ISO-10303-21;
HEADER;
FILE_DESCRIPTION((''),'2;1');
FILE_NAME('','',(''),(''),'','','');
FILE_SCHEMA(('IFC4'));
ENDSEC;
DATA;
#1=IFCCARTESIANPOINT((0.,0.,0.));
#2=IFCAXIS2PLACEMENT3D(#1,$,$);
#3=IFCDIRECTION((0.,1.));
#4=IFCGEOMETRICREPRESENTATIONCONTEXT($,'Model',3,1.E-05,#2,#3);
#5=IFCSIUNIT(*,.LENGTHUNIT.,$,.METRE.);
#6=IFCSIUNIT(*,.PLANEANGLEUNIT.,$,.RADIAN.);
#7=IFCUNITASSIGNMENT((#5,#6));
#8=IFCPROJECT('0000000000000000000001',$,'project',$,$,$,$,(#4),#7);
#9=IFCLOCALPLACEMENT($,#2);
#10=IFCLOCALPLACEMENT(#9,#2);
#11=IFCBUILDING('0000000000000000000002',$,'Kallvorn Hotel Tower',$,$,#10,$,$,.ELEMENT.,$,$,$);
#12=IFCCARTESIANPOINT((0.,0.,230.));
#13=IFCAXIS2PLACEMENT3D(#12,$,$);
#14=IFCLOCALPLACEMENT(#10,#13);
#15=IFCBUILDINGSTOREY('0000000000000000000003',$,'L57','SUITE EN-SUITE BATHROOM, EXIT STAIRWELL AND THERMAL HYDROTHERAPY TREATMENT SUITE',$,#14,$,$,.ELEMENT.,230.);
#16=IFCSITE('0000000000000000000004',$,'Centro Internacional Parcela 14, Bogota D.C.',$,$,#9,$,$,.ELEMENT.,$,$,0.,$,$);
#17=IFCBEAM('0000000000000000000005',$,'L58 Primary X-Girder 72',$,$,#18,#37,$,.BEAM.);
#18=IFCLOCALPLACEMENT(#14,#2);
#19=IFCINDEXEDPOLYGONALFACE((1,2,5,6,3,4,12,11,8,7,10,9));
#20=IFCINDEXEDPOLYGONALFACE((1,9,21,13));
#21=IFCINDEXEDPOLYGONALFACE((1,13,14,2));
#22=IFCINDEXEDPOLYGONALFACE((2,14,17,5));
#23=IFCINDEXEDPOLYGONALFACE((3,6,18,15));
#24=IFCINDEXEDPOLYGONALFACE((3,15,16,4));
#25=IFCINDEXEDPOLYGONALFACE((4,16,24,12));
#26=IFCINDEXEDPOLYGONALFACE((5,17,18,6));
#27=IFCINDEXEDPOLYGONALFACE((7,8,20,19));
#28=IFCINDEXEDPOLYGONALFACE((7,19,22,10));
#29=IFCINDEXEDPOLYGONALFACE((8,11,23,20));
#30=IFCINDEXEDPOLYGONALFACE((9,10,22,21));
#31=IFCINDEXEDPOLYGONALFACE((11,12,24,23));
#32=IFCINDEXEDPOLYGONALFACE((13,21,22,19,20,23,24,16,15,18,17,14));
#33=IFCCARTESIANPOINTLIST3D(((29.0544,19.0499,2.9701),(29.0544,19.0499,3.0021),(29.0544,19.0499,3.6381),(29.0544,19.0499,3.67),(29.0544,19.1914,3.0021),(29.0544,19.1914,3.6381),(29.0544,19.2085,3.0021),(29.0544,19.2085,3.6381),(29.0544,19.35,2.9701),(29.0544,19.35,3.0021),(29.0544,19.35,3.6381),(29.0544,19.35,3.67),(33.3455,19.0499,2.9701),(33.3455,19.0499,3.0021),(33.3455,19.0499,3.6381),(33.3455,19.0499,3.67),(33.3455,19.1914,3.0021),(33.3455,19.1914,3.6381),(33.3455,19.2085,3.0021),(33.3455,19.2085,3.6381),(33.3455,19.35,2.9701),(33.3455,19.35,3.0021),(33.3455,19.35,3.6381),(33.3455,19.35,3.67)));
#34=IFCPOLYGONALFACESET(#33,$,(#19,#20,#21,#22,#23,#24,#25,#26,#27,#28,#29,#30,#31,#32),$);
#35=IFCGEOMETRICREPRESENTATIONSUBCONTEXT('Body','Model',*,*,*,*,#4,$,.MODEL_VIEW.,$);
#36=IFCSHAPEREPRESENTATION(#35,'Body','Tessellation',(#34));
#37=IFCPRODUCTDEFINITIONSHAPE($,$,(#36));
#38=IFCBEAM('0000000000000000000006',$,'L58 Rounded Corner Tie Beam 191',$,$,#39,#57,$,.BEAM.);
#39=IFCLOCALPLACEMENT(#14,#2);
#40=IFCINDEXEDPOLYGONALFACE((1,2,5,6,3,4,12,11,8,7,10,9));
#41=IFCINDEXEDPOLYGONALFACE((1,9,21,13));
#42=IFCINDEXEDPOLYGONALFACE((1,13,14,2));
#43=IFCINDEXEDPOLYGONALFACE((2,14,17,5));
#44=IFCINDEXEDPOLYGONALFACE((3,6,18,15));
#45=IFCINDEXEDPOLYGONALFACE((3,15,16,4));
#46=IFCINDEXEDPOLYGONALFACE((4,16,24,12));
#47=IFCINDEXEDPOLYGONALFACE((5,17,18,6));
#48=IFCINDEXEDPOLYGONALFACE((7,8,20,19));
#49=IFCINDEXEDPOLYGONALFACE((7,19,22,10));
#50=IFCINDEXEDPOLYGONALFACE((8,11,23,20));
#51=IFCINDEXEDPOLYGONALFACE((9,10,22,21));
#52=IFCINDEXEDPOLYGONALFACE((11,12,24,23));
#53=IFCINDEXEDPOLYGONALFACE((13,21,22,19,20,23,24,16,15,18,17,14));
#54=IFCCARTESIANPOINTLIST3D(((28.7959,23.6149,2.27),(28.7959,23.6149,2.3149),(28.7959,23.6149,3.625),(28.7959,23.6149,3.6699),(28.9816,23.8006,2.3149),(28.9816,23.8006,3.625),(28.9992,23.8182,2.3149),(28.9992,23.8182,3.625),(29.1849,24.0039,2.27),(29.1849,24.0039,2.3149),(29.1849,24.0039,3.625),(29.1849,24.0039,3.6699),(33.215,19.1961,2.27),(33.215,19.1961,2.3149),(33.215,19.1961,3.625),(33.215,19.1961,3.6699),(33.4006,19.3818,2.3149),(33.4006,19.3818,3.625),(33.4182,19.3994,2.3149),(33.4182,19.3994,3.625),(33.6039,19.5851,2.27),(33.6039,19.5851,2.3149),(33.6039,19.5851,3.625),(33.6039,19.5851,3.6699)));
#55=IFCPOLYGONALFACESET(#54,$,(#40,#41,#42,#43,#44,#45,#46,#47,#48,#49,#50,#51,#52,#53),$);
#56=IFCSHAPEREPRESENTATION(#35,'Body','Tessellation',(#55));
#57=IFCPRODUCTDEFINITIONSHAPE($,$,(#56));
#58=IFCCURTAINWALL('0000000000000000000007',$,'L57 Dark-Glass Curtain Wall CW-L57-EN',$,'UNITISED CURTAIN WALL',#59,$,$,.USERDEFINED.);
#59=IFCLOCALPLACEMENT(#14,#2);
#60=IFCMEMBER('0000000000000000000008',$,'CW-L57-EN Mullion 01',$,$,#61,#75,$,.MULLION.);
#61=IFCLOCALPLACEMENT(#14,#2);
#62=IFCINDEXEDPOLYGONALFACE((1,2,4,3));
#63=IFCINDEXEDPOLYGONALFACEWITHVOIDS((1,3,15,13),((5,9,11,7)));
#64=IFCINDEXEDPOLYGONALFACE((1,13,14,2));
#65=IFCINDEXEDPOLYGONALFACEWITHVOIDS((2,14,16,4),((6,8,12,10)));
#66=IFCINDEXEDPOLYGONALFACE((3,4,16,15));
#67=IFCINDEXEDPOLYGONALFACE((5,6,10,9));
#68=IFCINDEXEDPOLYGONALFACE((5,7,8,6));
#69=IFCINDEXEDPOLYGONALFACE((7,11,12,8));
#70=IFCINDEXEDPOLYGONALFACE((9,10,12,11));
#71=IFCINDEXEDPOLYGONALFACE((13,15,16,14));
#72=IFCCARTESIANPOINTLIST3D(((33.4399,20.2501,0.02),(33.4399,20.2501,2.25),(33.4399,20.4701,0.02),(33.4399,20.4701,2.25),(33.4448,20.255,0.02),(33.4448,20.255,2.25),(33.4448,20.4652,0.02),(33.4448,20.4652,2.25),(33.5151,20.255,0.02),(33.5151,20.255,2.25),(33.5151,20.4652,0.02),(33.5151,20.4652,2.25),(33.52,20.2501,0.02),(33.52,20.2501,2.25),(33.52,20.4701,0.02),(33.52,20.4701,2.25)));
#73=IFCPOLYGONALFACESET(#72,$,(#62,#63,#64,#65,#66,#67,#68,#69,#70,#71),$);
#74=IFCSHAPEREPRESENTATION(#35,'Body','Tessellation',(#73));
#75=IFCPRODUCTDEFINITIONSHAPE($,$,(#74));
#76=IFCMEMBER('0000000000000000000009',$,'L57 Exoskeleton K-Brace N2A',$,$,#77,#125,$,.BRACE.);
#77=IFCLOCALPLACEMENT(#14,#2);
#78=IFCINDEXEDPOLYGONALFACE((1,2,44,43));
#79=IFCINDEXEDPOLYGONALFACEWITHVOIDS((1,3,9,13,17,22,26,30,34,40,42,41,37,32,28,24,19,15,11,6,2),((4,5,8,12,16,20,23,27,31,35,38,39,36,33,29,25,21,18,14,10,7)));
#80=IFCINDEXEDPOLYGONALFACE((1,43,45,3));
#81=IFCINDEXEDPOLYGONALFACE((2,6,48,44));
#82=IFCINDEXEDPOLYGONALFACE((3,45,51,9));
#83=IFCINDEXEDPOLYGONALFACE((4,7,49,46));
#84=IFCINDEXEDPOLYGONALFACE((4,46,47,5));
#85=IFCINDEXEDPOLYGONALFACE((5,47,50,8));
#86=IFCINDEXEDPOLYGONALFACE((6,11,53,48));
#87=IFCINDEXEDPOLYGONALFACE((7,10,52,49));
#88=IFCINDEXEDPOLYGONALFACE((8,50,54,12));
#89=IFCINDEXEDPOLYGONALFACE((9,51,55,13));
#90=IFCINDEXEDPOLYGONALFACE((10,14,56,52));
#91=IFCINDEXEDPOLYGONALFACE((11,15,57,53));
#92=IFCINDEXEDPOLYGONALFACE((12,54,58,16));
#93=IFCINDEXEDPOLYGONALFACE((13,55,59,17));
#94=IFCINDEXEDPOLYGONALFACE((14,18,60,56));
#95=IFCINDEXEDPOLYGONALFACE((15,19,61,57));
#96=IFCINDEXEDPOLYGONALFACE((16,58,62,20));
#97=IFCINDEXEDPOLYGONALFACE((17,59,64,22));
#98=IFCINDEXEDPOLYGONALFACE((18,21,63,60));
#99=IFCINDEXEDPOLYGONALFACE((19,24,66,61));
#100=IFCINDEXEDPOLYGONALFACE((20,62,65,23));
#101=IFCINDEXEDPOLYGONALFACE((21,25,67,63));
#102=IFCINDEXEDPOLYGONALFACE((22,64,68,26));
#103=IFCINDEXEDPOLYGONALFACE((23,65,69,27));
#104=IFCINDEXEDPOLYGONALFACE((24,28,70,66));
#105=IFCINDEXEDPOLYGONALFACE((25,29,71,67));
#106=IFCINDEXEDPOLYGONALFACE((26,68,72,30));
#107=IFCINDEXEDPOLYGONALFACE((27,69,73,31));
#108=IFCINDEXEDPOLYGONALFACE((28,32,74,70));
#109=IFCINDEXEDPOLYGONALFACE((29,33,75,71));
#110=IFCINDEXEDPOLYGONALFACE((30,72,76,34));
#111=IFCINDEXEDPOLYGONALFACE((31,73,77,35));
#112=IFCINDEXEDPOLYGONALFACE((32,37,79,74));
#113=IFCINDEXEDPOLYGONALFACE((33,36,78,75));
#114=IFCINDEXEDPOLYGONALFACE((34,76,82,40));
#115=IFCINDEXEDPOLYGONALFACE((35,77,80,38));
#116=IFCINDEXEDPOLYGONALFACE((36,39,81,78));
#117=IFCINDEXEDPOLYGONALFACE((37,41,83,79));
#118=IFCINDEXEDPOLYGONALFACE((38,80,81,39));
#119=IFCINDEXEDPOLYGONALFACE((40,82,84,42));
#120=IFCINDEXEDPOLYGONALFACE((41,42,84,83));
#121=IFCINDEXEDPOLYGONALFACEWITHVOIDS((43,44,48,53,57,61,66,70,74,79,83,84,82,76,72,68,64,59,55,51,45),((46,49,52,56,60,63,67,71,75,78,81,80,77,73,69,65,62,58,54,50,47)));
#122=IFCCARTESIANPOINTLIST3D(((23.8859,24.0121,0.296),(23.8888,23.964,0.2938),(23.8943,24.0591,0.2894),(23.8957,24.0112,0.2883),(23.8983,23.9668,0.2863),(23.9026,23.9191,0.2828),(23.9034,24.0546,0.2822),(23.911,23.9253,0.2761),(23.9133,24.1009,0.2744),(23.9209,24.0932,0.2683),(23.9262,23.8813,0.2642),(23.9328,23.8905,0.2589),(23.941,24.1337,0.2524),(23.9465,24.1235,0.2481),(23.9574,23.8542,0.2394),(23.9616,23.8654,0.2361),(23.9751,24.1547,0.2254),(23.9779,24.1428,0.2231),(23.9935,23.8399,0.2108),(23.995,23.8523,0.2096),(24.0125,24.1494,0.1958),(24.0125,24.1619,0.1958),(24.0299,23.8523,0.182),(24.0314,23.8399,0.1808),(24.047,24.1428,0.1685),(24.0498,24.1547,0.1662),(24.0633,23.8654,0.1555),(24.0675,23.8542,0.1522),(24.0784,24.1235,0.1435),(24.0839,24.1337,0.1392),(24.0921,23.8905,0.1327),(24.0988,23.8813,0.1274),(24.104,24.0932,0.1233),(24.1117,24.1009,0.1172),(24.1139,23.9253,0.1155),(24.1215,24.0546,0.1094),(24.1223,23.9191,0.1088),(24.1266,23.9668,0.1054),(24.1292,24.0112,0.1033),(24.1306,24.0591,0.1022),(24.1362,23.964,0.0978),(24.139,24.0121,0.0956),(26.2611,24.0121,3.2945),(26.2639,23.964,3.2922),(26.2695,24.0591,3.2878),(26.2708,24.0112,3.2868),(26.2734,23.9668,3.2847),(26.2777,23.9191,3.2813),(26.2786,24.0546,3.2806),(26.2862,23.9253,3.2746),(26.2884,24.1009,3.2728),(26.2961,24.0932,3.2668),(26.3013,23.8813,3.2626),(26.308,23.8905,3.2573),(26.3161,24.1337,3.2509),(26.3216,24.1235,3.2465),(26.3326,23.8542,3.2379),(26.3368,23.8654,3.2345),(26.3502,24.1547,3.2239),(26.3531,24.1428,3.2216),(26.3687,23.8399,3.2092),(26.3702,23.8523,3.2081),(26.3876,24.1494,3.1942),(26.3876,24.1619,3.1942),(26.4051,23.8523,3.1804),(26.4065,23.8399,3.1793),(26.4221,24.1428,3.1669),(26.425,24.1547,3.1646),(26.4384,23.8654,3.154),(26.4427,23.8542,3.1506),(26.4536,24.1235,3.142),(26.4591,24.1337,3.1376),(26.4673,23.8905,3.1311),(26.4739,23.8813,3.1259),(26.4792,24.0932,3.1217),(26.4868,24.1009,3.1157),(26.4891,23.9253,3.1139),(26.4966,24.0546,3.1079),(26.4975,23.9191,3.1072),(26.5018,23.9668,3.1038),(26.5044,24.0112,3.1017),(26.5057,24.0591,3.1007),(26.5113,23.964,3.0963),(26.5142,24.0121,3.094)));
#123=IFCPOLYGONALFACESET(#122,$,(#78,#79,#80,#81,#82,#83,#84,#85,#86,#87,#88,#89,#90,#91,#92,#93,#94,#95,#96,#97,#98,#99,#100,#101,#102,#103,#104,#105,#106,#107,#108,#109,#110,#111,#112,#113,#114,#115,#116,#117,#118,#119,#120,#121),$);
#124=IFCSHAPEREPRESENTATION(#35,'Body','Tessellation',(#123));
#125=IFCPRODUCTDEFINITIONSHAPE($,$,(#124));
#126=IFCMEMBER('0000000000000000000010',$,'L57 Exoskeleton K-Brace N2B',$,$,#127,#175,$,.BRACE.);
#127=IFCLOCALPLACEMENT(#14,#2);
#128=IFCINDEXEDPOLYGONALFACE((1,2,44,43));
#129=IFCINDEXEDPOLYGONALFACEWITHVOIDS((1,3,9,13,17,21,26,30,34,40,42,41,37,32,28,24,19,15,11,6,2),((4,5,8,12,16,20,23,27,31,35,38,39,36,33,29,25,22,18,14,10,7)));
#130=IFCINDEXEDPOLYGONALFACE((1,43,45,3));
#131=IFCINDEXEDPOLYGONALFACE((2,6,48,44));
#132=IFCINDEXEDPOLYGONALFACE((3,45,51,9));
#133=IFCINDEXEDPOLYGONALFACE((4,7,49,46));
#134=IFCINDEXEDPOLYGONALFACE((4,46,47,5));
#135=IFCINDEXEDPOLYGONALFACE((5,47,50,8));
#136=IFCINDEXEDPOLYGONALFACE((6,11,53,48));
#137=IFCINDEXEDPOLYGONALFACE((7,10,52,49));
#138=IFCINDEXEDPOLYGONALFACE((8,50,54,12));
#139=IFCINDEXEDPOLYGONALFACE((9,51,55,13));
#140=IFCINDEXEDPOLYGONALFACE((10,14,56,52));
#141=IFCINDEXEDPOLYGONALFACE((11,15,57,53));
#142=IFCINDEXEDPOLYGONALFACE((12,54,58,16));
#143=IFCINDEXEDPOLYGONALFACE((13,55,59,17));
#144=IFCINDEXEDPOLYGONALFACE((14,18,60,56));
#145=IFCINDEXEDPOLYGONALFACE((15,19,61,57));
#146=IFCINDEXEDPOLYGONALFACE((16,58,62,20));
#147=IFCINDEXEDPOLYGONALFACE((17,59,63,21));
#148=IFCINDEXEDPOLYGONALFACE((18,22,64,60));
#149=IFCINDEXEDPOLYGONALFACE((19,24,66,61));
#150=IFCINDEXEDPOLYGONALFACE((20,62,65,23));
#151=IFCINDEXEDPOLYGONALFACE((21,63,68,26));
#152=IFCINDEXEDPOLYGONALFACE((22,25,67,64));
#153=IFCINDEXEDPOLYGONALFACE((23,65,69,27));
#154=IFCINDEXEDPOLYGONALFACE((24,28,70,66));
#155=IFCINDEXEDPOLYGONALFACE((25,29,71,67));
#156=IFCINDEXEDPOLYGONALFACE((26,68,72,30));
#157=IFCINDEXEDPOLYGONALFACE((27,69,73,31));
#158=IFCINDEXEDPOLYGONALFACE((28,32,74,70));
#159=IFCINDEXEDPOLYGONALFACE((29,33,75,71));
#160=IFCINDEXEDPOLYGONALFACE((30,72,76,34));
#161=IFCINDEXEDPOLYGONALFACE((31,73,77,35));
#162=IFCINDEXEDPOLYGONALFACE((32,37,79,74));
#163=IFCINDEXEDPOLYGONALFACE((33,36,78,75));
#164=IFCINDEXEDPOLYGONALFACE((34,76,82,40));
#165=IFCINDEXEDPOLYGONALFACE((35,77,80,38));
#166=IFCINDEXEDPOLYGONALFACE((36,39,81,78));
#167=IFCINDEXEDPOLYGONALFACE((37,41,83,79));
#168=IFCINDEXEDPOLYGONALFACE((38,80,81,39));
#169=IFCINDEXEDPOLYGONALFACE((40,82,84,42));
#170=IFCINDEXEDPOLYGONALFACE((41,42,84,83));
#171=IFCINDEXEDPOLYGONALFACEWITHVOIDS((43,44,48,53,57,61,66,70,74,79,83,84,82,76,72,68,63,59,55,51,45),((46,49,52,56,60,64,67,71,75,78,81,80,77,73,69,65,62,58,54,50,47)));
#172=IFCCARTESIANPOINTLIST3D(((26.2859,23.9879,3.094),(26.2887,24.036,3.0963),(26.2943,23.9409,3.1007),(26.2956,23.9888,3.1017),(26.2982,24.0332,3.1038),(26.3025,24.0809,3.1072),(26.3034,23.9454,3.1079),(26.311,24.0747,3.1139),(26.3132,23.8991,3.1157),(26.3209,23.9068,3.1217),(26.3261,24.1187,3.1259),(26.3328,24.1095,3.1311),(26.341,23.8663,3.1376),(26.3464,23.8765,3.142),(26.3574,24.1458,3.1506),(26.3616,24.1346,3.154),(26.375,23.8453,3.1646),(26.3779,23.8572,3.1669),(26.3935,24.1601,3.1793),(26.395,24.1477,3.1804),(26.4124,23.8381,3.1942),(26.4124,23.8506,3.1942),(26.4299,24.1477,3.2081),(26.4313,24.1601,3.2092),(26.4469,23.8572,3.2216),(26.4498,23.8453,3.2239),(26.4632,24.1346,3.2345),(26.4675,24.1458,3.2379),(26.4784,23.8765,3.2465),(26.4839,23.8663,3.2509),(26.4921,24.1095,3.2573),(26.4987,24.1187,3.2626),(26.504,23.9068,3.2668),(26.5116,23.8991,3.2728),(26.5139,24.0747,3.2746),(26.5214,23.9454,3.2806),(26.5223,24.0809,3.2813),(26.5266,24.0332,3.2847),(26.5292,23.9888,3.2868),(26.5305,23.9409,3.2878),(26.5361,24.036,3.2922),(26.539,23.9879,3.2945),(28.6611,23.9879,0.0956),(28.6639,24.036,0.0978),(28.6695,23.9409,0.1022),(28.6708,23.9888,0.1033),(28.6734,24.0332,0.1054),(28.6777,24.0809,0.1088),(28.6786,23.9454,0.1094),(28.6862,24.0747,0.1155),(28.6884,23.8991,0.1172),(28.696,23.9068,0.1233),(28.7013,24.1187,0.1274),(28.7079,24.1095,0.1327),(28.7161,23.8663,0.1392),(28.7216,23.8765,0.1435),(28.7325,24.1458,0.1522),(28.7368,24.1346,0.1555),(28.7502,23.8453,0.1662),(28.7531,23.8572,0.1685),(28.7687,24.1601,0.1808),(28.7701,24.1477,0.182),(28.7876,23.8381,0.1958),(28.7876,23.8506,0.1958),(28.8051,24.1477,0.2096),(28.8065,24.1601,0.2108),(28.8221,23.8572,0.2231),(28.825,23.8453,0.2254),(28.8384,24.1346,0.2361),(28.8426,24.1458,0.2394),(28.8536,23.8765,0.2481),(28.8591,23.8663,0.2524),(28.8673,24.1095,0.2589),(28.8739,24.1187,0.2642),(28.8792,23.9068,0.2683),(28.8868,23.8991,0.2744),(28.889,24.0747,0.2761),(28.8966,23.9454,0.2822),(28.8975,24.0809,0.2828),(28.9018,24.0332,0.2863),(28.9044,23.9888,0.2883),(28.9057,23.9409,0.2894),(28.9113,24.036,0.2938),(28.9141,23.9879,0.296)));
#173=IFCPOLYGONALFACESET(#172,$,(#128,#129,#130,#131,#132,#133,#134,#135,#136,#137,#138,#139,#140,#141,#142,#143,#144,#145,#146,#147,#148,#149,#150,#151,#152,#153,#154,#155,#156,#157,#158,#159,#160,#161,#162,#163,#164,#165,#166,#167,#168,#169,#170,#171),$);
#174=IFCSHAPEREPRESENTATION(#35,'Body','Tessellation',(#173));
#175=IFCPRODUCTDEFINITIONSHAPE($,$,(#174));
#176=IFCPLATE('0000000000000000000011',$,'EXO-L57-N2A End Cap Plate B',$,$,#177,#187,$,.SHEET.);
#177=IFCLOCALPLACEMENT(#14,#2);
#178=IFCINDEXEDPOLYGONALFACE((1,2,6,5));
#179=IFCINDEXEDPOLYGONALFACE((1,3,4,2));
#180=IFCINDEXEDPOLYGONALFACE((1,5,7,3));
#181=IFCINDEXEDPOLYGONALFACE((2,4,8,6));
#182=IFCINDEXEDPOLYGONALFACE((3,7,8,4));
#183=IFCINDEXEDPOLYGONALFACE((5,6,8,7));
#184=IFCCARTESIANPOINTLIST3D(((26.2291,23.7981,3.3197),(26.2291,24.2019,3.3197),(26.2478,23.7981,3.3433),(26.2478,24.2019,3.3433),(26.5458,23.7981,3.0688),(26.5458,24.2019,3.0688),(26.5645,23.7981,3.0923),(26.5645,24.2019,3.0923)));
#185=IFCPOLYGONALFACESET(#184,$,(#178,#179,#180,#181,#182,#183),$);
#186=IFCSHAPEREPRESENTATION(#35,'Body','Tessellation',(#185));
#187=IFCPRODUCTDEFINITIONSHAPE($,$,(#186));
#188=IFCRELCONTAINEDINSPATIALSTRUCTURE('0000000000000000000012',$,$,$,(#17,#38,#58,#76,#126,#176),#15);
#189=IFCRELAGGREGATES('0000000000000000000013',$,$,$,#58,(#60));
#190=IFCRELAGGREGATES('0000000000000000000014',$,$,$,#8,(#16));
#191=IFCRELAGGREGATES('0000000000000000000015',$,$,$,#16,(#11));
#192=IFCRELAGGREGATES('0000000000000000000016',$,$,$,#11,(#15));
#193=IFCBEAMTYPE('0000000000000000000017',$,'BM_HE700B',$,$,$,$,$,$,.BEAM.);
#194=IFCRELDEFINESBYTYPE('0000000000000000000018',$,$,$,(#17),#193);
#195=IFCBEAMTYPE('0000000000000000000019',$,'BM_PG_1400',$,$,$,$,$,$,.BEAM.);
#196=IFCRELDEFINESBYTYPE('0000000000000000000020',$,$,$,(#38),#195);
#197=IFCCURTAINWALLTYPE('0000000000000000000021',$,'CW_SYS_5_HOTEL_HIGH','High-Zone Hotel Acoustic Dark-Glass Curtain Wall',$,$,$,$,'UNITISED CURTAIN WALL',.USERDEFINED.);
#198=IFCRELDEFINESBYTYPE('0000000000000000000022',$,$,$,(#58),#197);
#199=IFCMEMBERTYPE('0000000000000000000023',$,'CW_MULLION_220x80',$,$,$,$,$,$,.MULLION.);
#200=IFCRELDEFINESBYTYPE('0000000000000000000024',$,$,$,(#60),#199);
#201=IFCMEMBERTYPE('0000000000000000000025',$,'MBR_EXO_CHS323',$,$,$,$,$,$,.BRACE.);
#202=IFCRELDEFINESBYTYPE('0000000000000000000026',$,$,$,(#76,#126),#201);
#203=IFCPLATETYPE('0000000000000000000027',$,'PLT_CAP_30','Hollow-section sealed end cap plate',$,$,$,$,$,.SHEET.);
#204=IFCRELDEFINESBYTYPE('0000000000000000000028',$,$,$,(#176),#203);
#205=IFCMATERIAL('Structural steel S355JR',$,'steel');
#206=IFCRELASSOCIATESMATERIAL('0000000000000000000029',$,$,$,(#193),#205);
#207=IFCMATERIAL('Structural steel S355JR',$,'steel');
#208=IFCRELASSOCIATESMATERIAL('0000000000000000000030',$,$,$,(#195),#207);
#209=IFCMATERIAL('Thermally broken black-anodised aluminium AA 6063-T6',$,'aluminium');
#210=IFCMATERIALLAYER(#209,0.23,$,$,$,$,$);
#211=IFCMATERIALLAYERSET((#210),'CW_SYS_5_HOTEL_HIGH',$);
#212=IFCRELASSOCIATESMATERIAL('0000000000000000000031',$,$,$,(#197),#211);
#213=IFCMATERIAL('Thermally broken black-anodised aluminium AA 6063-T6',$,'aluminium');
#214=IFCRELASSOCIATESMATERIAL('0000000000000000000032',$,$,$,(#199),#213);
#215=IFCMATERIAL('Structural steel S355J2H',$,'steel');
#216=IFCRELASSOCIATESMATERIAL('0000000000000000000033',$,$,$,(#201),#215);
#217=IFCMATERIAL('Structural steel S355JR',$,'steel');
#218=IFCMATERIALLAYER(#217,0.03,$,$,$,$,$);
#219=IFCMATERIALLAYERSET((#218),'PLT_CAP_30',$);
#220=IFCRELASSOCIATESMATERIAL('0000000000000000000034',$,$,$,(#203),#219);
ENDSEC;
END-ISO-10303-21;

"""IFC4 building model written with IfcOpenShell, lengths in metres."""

from ifc_helpers import new_model, si_unit, direction, frame, origin, origin_2d, place, context, subcontext, project, spatial, polyline, hollow_rectangle, hollow_circle, i_section, outline, extrude, material, layer, layer_set, material_profile, profile_set, type_object, element, aggregate, save


model = new_model("IFC4")

# Units and contexts
model_context = context("Model", 3, precision=1e-05, world=origin(), true_north=direction((0.0, 1.0)))
body_context = subcontext(model_context, "Body", "Model", "MODEL_VIEW")
ifc_project = project(units=[si_unit("LENGTHUNIT", "METRE"), si_unit("PLANEANGLEUNIT", "RADIAN")], contexts=[model_context])

# Site, building, storey
site_placement = place(None, origin())
site = spatial("IfcSite", under=ifc_project, at=site_placement, Name="Centro Internacional Parcela 14, Bogota D.C.", CompositionType="ELEMENT", RefElevation=0.0)
building_placement = place(site_placement, origin())
building = spatial("IfcBuilding", under=site, at=building_placement, Name="Kallvorn Hotel Tower", CompositionType="ELEMENT")
storey_placement = place(building_placement, frame((0.0, 0.0, 230.0)))
storey = spatial("IfcBuildingStorey", under=building, at=storey_placement, Name="L57", Description="SUITE EN-SUITE BATHROOM, EXIT STAIRWELL AND THERMAL HYDROTHERAPY TREATMENT SUITE", CompositionType="ELEMENT", Elevation=230.0)

# Beams
ifc_material_1 = material(Name="Structural steel S355JR", Category="steel")
ifc_material_profile_1 = material_profile(ifc_material_1, i_section(OverallWidth=0.3, OverallDepth=0.7, WebThickness=0.0171, FlangeThickness=0.032, at=origin_2d()), Name="HE 700 B")
ifc_profile_set_1 = profile_set([ifc_material_profile_1], Name="Structural steel S355JR")
beam_type_1 = type_object("IfcBeamType", Name="BM_HE700B", PredefinedType="BEAM", material=ifc_profile_set_1)
for number, where, z_axis, x_axis, name in (
    (1, (29.0544, 19.2, 3.3201), (1.0, 0.0, 0.0), (0.0, 1.0, 0.0), "L58 Primary X-Girder 72"),
):
    element("IfcBeam", number, at=place(storey_placement, frame(where, z_axis=z_axis, x_axis=x_axis)), inside=storey, type_object=beam_type_1, Name=name, PredefinedType="BEAM", context=body_context, shape_type="SweptSolid", body=[
        extrude(i_section(OverallWidth=0.3, OverallDepth=0.7, WebThickness=0.0171, FlangeThickness=0.032, at=origin_2d()), origin(), (0.0, 0.0, 1.0), 4.291),
    ])
ifc_material_2 = material(Name="Structural steel S355JR", Category="steel")
ifc_material_profile_2 = material_profile(ifc_material_2, i_section(OverallWidth=0.55, OverallDepth=1.3999, WebThickness=0.0249, FlangeThickness=0.0449, at=origin_2d()), Name="PG 1400x550x25x45")
ifc_profile_set_2 = profile_set([ifc_material_profile_2], Name="Structural steel S355JR")
beam_type_2 = type_object("IfcBeamType", Name="BM_PG_1400", PredefinedType="BEAM", material=ifc_profile_set_2)
beam_1_placement = place(storey_placement, frame((33.4094, 19.3906, 2.97), z_axis=(-0.707126, 0.707087, 0.0), x_axis=(-0.707087, -0.707126, 0.0)))
element("IfcBeam", 2, at=beam_1_placement, inside=storey, type_object=beam_type_2, Name="L58 Rounded Corner Tie Beam 191", PredefinedType="BEAM", context=body_context, shape_type="SweptSolid", body=[
    extrude(i_section(OverallWidth=0.55, OverallDepth=1.3999, WebThickness=0.0249, FlangeThickness=0.0449, at=origin_2d()), origin(), (0.0, 0.0, 1.0), 6.2493),
])

# Curtain wall, member
ifc_material_3 = material(Name="Thermally broken black-anodised aluminium AA 6063-T6", Category="aluminium")
ifc_layer_1 = layer(ifc_material_3, 0.23)
ifc_layer_set_1 = layer_set([ifc_layer_1], Name="CW_SYS_5_HOTEL_HIGH")
curtain_wall_type = type_object("IfcCurtainWallType", Name="CW_SYS_5_HOTEL_HIGH", Description="High-Zone Hotel Acoustic Dark-Glass Curtain Wall", ElementType="UNITISED CURTAIN WALL", PredefinedType="USERDEFINED", material=ifc_layer_set_1)
curtain_wall_placement = place(storey_placement, origin())
curtain_wall = element("IfcCurtainWall", 3, at=curtain_wall_placement, inside=storey, type_object=curtain_wall_type, Name="L57 Dark-Glass Curtain Wall CW-L57-EN", ObjectType="UNITISED CURTAIN WALL", PredefinedType="USERDEFINED")
ifc_material_4 = material(Name="Thermally broken black-anodised aluminium AA 6063-T6", Category="aluminium")
ifc_material_profile_3 = material_profile(ifc_material_4, hollow_rectangle(XDim=0.0801, YDim=0.22, WallThickness=0.0049, at=origin_2d()), Name="MUL 220x80")
ifc_profile_set_3 = profile_set([ifc_material_profile_3], Name="Thermally broken black-anodised aluminium AA 6063-T6")
member_type_1 = type_object("IfcMemberType", Name="CW_MULLION_220x80", PredefinedType="MULLION", material=ifc_profile_set_3)
member_placement = place(storey_placement, frame((33.48, 20.3601, 0.02), z_axis=(0.0, 0.0, 1.0), x_axis=(1.0, 0.0, 0.0)))
member = element("IfcMember", 4, at=member_placement, type_object=member_type_1, Name="CW-L57-EN Mullion 01", PredefinedType="MULLION", context=body_context, shape_type="SweptSolid", body=[
    extrude(hollow_rectangle(XDim=0.0801, YDim=0.22, WallThickness=0.0049, at=origin_2d()), origin(), (0.0, 0.0, 1.0), 2.23),
])
aggregate(curtain_wall, [member])

# Members
ifc_material_5 = material(Name="Structural steel S355J2H", Category="steel")
ifc_material_profile_4 = material_profile(ifc_material_5, hollow_circle(Radius=0.1619, WallThickness=0.0125, at=origin_2d()), Name="CHS 323.9x12.5")
ifc_profile_set_4 = profile_set([ifc_material_profile_4], Name="Structural steel S355J2H")
member_type_2 = type_object("IfcMemberType", Name="MBR_EXO_CHS323", PredefinedType="BRACE", material=ifc_profile_set_4)
for number, where, z_axis, x_axis, name in (
    (5, (24.0125, 24.0, 0.1958), (0.620929, 0.0, 0.783867), (0.0, 1.0, 0.0), "L57 Exoskeleton K-Brace N2A"),
    (6, (28.7876, 24.0, 0.1958), (-0.620929, 0.0, 0.783867), (0.0, -1.0, 0.0), "L57 Exoskeleton K-Brace N2B"),
):
    element("IfcMember", number, at=place(storey_placement, frame(where, z_axis=z_axis, x_axis=x_axis)), inside=storey, type_object=member_type_2, Name=name, PredefinedType="BRACE", context=body_context, shape_type="SweptSolid", body=[
        extrude(hollow_circle(Radius=0.1619, WallThickness=0.0125, at=origin_2d()), origin(), (0.0, 0.0, 1.0), 3.8252),
    ])

# Plate
ifc_material_6 = material(Name="Structural steel S355JR", Category="steel")
ifc_layer_2 = layer(ifc_material_6, 0.03)
ifc_layer_set_2 = layer_set([ifc_layer_2], Name="PLT_CAP_30")
plate_type_1 = type_object("IfcPlateType", Name="PLT_CAP_30", Description="Hollow-section sealed end cap plate", PredefinedType="SHEET", material=ifc_layer_set_2)
plate_1_placement = place(storey_placement, frame((26.5645, 23.7981, 3.0923), z_axis=(0.621152, 0.0, 0.78369), x_axis=(0.0, 1.0, 0.0)))
element("IfcPlate", 7, at=plate_1_placement, inside=storey, type_object=plate_type_1, Name="EXO-L57-N2A End Cap Plate B", PredefinedType="SHEET", context=body_context, shape_type="SweptSolid", body=[
    extrude(outline(polyline([(0.0, 0.0), (0.4038, 0.0), (0.4038, 0.4041), (0.0, 0.4041), (0.0, 0.0)])), origin(), (0.0, 0.0, -1.0), 0.03),
])

save(model, "model.ifc")
